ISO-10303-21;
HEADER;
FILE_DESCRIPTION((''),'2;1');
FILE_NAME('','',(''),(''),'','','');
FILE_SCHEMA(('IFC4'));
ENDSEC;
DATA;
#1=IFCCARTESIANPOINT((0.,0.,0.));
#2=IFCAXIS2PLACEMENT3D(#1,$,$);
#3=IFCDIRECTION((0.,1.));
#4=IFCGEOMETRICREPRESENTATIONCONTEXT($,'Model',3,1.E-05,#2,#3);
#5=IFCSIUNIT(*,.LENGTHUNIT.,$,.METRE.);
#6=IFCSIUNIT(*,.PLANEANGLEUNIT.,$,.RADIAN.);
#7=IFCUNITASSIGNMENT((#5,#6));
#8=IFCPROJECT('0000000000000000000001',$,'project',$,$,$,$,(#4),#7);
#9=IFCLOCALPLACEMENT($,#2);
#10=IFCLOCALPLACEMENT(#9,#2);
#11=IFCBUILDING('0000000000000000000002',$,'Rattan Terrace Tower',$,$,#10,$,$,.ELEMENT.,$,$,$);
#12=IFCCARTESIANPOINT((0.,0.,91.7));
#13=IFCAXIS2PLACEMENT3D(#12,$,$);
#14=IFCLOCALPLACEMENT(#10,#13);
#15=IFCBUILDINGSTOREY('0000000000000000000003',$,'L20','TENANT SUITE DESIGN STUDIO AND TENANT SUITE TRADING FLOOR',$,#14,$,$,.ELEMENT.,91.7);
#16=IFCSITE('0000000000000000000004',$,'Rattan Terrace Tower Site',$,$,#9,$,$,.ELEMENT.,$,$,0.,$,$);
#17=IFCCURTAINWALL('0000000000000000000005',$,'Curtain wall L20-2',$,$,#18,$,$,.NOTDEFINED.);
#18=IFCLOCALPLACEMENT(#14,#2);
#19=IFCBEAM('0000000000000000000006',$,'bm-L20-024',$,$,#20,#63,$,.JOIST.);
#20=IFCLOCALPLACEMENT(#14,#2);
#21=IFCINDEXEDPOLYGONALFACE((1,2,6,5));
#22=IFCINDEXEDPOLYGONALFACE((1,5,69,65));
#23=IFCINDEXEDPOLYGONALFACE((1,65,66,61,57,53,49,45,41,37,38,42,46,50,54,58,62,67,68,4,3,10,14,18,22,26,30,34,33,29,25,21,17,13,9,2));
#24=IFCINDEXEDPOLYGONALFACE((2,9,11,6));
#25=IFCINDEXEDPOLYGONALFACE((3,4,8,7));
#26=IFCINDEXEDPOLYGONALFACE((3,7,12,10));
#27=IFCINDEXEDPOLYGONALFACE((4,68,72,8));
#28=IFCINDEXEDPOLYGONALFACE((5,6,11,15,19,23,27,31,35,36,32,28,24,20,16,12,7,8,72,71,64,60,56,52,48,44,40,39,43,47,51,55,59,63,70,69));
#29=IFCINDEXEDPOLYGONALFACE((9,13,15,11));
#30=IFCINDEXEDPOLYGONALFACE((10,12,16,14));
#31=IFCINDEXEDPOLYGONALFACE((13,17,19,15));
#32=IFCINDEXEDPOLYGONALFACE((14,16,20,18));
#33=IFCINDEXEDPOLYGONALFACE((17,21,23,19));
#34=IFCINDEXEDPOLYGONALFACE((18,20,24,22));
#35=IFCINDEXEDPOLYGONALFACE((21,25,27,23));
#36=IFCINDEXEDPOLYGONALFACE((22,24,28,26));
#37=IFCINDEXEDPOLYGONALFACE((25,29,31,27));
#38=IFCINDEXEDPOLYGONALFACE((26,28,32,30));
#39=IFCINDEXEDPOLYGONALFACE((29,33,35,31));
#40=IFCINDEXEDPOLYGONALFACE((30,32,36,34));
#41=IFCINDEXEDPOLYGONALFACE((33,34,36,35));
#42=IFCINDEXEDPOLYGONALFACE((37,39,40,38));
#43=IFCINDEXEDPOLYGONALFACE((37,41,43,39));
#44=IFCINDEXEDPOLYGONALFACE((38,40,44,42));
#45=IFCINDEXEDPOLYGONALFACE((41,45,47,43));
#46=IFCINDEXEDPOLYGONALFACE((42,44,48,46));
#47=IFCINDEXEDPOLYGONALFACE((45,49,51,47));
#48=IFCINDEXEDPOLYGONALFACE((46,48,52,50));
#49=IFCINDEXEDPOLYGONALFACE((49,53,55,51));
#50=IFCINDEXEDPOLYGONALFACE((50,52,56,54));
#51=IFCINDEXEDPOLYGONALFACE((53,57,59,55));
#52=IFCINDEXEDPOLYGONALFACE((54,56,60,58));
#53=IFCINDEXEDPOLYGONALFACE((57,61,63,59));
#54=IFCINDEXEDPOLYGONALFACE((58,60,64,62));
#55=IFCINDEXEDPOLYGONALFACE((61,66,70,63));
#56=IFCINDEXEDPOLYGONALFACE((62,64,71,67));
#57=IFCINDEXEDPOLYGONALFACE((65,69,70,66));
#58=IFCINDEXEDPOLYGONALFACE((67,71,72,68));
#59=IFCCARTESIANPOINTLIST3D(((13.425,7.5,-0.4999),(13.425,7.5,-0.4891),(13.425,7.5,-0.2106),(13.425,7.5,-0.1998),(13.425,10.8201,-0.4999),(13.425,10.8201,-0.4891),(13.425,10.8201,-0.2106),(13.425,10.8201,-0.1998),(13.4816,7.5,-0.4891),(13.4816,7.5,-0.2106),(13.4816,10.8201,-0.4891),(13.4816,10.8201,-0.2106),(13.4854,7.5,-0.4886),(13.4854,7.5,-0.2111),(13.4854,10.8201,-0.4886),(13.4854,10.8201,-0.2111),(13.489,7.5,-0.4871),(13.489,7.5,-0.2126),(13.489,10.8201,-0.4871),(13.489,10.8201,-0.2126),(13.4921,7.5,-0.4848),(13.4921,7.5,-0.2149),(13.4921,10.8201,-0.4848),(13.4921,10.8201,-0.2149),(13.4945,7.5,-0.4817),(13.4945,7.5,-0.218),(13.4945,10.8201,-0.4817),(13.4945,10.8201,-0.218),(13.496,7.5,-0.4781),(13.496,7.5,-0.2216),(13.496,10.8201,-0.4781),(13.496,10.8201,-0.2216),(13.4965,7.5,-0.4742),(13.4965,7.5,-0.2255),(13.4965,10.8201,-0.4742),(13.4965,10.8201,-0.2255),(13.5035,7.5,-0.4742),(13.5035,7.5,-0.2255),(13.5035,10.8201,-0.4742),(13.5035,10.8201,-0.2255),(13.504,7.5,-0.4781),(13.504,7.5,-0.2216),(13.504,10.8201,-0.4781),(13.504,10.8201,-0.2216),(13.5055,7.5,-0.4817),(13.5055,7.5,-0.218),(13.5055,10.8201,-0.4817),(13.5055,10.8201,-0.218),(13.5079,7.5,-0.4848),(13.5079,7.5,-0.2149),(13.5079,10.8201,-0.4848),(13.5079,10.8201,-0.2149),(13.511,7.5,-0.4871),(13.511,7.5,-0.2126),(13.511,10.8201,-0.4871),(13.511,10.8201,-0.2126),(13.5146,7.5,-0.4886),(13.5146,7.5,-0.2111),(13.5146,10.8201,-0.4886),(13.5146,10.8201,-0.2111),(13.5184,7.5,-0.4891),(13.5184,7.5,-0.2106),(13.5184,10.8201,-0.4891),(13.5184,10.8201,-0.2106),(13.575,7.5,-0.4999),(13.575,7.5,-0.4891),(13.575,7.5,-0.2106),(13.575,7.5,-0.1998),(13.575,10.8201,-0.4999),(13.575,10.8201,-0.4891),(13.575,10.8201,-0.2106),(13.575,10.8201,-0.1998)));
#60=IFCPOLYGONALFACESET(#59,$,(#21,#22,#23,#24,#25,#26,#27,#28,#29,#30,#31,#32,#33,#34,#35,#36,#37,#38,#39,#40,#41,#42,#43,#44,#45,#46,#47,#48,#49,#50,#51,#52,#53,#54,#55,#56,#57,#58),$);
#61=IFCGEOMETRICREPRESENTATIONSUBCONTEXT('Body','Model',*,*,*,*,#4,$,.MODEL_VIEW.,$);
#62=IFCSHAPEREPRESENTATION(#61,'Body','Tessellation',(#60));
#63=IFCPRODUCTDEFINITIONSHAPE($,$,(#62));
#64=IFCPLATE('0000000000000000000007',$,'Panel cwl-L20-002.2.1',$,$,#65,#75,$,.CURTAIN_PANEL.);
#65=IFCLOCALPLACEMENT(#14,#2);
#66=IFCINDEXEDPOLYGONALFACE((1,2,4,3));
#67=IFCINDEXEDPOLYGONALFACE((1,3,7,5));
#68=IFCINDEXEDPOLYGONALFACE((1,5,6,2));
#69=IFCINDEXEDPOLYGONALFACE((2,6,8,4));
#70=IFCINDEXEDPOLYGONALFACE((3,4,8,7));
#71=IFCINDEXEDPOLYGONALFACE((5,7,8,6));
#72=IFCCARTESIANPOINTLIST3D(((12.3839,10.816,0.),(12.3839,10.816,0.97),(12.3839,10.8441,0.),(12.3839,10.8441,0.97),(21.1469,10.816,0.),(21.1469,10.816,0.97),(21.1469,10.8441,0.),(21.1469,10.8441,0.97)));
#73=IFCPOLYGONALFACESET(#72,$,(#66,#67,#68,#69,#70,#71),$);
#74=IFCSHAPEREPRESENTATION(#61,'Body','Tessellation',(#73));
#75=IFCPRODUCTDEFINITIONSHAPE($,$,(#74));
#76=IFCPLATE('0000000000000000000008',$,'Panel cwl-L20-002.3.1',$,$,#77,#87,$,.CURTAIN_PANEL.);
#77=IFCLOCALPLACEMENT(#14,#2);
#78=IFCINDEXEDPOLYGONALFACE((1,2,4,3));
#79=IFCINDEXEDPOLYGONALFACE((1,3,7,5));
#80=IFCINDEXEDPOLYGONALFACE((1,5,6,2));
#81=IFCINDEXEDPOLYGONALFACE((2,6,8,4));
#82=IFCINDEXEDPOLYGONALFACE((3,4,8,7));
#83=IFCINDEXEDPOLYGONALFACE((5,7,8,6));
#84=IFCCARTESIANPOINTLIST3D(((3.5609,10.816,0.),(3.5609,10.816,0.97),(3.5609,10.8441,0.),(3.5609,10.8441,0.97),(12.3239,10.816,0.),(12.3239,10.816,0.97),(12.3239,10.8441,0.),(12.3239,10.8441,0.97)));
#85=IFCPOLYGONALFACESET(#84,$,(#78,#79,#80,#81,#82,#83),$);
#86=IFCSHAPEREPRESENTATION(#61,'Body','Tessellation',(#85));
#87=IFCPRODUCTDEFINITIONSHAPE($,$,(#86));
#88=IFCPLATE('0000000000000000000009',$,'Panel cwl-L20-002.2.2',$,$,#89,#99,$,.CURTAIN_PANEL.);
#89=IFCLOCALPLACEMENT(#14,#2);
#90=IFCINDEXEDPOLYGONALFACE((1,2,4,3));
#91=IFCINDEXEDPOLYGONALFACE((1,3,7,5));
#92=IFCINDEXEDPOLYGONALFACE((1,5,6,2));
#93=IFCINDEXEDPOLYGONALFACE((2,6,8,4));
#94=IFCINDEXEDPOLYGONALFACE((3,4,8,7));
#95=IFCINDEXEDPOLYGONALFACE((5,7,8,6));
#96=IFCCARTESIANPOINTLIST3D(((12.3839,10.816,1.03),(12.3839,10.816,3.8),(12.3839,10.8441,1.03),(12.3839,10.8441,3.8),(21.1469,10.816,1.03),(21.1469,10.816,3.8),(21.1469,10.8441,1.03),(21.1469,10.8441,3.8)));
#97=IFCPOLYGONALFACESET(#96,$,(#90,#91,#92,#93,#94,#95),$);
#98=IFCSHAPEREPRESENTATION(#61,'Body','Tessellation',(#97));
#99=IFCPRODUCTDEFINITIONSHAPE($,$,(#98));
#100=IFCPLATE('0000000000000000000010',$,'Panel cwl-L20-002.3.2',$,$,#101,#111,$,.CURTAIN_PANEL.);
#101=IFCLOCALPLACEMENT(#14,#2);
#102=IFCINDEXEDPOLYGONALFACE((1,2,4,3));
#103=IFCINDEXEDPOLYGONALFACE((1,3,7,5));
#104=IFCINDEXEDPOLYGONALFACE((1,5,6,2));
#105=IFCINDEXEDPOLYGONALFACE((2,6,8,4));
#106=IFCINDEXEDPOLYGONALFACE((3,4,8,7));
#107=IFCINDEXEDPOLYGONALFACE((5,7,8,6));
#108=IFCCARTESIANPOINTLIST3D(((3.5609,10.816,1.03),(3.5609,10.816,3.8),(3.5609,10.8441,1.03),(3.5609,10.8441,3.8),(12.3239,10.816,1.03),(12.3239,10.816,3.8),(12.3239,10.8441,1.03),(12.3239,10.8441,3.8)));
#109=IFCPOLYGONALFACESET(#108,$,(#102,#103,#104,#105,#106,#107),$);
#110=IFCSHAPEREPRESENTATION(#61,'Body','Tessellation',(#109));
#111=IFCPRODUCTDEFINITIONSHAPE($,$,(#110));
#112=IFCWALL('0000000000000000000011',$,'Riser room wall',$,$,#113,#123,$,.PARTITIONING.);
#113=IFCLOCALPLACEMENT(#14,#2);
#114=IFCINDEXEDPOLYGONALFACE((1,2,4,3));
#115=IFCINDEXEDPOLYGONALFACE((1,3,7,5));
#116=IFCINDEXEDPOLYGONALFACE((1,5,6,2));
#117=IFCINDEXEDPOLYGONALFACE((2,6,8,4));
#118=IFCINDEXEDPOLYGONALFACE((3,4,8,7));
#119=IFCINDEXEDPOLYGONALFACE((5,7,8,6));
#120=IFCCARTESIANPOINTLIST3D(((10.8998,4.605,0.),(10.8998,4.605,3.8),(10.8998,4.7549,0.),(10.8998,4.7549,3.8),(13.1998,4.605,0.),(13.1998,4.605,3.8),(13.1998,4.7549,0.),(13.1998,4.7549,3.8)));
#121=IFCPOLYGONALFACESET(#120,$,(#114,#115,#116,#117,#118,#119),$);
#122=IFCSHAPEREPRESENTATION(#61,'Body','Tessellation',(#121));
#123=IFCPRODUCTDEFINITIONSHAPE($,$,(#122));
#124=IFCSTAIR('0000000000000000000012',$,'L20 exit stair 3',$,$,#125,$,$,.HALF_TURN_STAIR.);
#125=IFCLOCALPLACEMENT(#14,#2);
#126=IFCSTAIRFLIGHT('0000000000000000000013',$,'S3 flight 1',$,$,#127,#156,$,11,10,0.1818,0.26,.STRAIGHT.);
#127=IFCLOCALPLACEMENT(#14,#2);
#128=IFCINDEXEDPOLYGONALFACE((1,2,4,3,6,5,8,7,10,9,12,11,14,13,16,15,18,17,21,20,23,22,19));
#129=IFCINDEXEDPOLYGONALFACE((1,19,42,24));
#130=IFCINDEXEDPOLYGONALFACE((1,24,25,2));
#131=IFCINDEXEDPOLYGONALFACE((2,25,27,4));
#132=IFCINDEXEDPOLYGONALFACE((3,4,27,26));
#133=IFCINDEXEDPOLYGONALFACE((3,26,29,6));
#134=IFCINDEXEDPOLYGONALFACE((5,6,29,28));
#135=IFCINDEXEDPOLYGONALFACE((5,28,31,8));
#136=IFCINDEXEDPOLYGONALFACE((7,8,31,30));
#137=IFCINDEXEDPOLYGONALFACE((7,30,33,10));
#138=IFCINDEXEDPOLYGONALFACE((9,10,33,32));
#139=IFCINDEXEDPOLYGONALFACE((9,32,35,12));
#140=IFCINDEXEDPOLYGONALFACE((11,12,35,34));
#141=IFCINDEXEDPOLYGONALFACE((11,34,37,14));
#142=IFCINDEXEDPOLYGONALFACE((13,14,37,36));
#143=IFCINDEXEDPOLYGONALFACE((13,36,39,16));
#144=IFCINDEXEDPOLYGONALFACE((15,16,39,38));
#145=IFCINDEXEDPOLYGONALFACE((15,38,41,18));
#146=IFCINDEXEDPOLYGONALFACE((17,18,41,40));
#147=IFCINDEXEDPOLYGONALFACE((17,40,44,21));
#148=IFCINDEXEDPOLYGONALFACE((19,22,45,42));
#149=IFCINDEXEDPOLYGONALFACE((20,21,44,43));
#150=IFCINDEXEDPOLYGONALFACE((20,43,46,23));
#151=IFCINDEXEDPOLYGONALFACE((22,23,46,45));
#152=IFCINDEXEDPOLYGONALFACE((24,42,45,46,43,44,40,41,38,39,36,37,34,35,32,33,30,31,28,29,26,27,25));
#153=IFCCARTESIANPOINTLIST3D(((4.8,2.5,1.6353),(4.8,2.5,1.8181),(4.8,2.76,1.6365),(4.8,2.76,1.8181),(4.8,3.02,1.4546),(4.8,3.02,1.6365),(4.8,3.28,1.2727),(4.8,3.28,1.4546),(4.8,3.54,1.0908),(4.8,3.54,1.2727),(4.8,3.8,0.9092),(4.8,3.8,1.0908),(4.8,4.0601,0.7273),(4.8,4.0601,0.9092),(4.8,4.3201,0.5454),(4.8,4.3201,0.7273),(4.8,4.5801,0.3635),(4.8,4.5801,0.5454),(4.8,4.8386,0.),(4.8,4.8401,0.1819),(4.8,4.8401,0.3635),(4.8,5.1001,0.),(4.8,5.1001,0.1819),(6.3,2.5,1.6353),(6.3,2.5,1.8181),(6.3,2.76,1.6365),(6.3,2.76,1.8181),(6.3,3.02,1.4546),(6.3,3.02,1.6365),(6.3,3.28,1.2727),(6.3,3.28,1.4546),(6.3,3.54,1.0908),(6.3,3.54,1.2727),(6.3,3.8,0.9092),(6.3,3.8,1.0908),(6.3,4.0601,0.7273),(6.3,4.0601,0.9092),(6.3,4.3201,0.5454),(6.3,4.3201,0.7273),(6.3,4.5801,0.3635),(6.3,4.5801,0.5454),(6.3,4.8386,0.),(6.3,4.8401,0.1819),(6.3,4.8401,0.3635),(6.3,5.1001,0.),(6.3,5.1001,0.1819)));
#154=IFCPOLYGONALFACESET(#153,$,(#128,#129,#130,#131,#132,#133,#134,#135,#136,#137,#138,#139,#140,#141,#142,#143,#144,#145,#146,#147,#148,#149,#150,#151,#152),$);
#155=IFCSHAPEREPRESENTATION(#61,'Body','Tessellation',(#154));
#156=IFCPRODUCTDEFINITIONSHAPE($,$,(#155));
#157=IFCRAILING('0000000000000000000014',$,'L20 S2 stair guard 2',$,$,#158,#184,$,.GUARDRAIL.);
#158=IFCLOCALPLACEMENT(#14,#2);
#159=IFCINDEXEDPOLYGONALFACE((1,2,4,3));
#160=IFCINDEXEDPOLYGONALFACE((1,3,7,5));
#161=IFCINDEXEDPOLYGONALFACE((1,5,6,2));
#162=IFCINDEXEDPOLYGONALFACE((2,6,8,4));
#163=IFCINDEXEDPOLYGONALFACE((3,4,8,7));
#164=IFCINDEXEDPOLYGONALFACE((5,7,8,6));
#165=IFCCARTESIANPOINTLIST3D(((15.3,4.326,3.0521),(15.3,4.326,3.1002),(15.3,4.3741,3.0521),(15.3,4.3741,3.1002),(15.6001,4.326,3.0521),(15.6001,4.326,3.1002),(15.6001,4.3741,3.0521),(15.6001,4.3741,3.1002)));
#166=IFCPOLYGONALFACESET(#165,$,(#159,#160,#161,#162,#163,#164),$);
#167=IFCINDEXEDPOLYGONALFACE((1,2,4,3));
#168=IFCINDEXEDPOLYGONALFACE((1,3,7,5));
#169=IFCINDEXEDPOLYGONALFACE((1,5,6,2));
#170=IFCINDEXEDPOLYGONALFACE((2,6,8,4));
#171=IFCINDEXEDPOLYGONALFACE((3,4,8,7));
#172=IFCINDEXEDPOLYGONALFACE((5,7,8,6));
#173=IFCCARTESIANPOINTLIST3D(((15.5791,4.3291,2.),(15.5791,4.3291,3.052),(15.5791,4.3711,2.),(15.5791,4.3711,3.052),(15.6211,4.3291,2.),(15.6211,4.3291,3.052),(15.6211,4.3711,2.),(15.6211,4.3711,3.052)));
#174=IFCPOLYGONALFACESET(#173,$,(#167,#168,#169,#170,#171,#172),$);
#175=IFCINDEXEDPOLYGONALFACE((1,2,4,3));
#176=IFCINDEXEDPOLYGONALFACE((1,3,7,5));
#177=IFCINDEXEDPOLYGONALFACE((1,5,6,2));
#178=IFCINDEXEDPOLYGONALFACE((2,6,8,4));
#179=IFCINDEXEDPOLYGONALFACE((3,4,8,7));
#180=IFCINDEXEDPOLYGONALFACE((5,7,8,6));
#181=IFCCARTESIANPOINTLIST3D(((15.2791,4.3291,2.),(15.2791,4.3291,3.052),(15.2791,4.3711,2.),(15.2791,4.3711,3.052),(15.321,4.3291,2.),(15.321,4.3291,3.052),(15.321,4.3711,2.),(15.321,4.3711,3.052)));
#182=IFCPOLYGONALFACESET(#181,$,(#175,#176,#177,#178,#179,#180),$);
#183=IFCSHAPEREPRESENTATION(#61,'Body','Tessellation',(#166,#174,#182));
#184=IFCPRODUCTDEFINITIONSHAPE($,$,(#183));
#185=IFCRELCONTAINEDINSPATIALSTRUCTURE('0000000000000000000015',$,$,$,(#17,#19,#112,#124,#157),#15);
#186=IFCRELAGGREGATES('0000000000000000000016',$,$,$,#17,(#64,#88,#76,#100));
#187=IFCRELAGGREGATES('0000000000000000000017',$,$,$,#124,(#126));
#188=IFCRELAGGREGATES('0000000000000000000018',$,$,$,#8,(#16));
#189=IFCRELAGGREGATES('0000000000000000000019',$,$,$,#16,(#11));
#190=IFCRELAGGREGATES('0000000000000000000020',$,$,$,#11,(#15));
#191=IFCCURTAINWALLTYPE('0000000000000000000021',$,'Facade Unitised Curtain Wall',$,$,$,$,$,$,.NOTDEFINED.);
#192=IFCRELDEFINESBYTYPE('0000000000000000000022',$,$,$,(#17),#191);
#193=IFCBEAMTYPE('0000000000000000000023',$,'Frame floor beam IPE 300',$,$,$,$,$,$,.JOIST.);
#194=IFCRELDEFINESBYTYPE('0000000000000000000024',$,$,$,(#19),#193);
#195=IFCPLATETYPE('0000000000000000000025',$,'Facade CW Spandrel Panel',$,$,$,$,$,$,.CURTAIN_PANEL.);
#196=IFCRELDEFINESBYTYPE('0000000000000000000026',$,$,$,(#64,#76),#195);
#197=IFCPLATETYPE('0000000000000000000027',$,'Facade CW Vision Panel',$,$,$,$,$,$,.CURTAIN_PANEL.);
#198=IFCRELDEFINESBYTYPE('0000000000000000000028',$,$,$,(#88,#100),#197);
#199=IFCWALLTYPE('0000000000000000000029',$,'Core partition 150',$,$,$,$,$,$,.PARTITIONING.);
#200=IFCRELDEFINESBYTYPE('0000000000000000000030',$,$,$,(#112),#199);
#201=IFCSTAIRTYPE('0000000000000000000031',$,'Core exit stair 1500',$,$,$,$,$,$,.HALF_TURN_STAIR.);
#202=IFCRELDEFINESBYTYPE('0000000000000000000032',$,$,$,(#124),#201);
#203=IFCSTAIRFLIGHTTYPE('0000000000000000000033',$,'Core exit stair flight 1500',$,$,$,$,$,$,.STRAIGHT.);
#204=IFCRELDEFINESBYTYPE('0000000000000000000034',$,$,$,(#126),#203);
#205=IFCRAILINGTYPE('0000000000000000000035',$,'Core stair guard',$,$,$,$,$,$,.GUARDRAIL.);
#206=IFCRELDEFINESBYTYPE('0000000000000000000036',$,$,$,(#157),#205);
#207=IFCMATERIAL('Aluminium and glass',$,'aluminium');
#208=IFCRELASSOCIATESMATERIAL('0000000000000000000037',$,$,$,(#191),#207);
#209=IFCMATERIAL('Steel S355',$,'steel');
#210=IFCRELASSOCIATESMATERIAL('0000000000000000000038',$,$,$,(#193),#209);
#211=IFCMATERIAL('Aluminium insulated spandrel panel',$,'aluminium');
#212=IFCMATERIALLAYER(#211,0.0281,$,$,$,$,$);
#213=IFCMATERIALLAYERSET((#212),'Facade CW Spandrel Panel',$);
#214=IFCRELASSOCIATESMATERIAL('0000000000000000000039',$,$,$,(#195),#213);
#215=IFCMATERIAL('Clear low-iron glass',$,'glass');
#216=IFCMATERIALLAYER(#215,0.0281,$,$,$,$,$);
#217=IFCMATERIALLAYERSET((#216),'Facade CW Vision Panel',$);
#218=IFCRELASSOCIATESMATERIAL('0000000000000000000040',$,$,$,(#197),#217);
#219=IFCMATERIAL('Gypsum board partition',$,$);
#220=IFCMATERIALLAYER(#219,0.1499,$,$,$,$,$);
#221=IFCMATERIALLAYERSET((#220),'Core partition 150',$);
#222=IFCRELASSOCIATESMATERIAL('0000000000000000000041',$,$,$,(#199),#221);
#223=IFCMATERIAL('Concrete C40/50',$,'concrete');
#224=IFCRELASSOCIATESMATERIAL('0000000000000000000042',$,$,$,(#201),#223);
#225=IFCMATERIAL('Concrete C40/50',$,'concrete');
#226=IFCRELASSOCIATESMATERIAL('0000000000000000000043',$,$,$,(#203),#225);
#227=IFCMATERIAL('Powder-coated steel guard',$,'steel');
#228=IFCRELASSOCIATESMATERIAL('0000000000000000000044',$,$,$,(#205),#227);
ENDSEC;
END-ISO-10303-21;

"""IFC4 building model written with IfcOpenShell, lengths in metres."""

from ifc_helpers import new_model, si_unit, direction, frame, frame_2d, origin, origin_2d, place, context, subcontext, project, spatial, polyline, rectangle, i_section, outline, extrude, material, layer, layer_set, material_profile, profile_set, type_object, element, aggregate, save


model = new_model("IFC4")

# Units and contexts
model_context = context("Model", 3, precision=1e-05, world=origin(), true_north=direction((0.0, 1.0)))
body_context = subcontext(model_context, "Body", "Model", "MODEL_VIEW")
ifc_project = project(units=[si_unit("LENGTHUNIT", "METRE"), si_unit("PLANEANGLEUNIT", "RADIAN")], contexts=[model_context])

# Site, building, storey
site_placement = place(None, origin())
site = spatial("IfcSite", under=ifc_project, at=site_placement, Name="Rattan Terrace Tower Site", CompositionType="ELEMENT", RefElevation=0.0)
building_placement = place(site_placement, origin())
building = spatial("IfcBuilding", under=site, at=building_placement, Name="Rattan Terrace Tower", CompositionType="ELEMENT")
storey_placement = place(building_placement, frame((0.0, 0.0, 91.7)))
storey = spatial("IfcBuildingStorey", under=building, at=storey_placement, Name="L20", Description="TENANT SUITE DESIGN STUDIO AND TENANT SUITE TRADING FLOOR", CompositionType="ELEMENT", Elevation=91.7)

# Curtain wall
ifc_material_1 = material(Name="Aluminium and glass", Category="aluminium")
curtain_wall_type = type_object("IfcCurtainWallType", Name="Facade Unitised Curtain Wall", PredefinedType="NOTDEFINED", material=ifc_material_1)
curtain_wall_placement = place(storey_placement, origin())
curtain_wall = element("IfcCurtainWall", 1, at=curtain_wall_placement, inside=storey, type_object=curtain_wall_type, Name="Curtain wall L20-2", PredefinedType="NOTDEFINED")

# Beam
ifc_material_2 = material(Name="Steel S355", Category="steel")
ifc_material_profile_1 = material_profile(ifc_material_2, i_section(OverallWidth=0.1499, OverallDepth=0.3, WebThickness=0.0071, FlangeThickness=0.0107, FilletRadius=0.0149, at=origin_2d()), Name="IPE 300")
ifc_profile_set_1 = profile_set([ifc_material_profile_1], Name="Steel S355")
beam_type_1 = type_object("IfcBeamType", Name="Frame floor beam IPE 300", PredefinedType="JOIST", material=ifc_profile_set_1)
for number, where, z_axis, x_axis, name in (
    (2, (13.5, 7.5, -0.3499), (0.0, 1.0, 0.0), (-1.0, 0.0, 0.0), "bm-L20-024"),
):
    element("IfcBeam", number, at=place(storey_placement, frame(where, z_axis=z_axis, x_axis=x_axis)), inside=storey, type_object=beam_type_1, Name=name, PredefinedType="JOIST", context=body_context, shape_type="SweptSolid", body=[
        extrude(i_section(OverallWidth=0.1499, OverallDepth=0.3, WebThickness=0.0071, FlangeThickness=0.0107, FilletRadius=0.0149, at=origin_2d()), origin(), (0.0, 0.0, 1.0), 3.3201),
    ])

# Plates
ifc_material_3 = material(Name="Aluminium insulated spandrel panel", Category="aluminium")
ifc_layer_1 = layer(ifc_material_3, 0.0281)
ifc_layer_set_1 = layer_set([ifc_layer_1], Name="Facade CW Spandrel Panel")
plate_type_1 = type_object("IfcPlateType", Name="Facade CW Spandrel Panel", PredefinedType="CURTAIN_PANEL", material=ifc_layer_set_1)
plate_1_placement = place(storey_placement, frame((16.7654, 10.8301, 0.0), z_axis=(0.0, 0.0, 1.0), x_axis=(-1.0, 0.0, 0.0)))
plate_1 = element("IfcPlate", 3, at=plate_1_placement, type_object=plate_type_1, Name="Panel cwl-L20-002.2.1", PredefinedType="CURTAIN_PANEL", context=body_context, shape_type="SweptSolid", body=[
    extrude(rectangle(XDim=8.7629, YDim=0.0281, at=origin_2d()), origin(), (0.0, 0.0, 1.0), 0.97),
])
plate_2_placement = place(storey_placement, frame((7.9424, 10.8301, 0.0), z_axis=(0.0, 0.0, 1.0), x_axis=(-1.0, 0.0, 0.0)))
plate_2 = element("IfcPlate", 4, at=plate_2_placement, type_object=plate_type_1, Name="Panel cwl-L20-002.3.1", PredefinedType="CURTAIN_PANEL", context=body_context, shape_type="SweptSolid", body=[
    extrude(rectangle(XDim=8.7629, YDim=0.0281, at=origin_2d()), origin(), (0.0, 0.0, 1.0), 0.97),
])
ifc_material_4 = material(Name="Clear low-iron glass", Category="glass")
ifc_layer_2 = layer(ifc_material_4, 0.0281)
ifc_layer_set_2 = layer_set([ifc_layer_2], Name="Facade CW Vision Panel")
plate_type_2 = type_object("IfcPlateType", Name="Facade CW Vision Panel", PredefinedType="CURTAIN_PANEL", material=ifc_layer_set_2)
plate_3_placement = place(storey_placement, frame((16.7654, 10.8301, 1.03), z_axis=(0.0, 0.0, 1.0), x_axis=(-1.0, 0.0, 0.0)))
plate_3 = element("IfcPlate", 5, at=plate_3_placement, type_object=plate_type_2, Name="Panel cwl-L20-002.2.2", PredefinedType="CURTAIN_PANEL", context=body_context, shape_type="SweptSolid", body=[
    extrude(rectangle(XDim=8.7629, YDim=0.0281, at=origin_2d()), origin(), (0.0, 0.0, 1.0), 2.77),
])
plate_4_placement = place(storey_placement, frame((7.9424, 10.8301, 1.03), z_axis=(0.0, 0.0, 1.0), x_axis=(-1.0, 0.0, 0.0)))
plate_4 = element("IfcPlate", 6, at=plate_4_placement, type_object=plate_type_2, Name="Panel cwl-L20-002.3.2", PredefinedType="CURTAIN_PANEL", context=body_context, shape_type="SweptSolid", body=[
    extrude(rectangle(XDim=8.7629, YDim=0.0281, at=origin_2d()), origin(), (0.0, 0.0, 1.0), 2.77),
])
aggregate(curtain_wall, [plate_1, plate_3, plate_2, plate_4])

# Wall
ifc_material_5 = material(Name="Gypsum board partition")
ifc_layer_3 = layer(ifc_material_5, 0.1499)
ifc_layer_set_3 = layer_set([ifc_layer_3], Name="Core partition 150")
wall_type = type_object("IfcWallType", Name="Core partition 150", PredefinedType="PARTITIONING", material=ifc_layer_set_3)
wall_placement = place(storey_placement, frame((10.8999, 4.6799, 0.0), z_axis=(0.0, 0.0, 1.0), x_axis=(1.0, 0.0, 0.0)))
element("IfcWall", 7, at=wall_placement, inside=storey, type_object=wall_type, Name="Riser room wall", PredefinedType="PARTITIONING", context=body_context, shape_type="SweptSolid", body=[
    extrude(rectangle(XDim=2.3, YDim=0.1499, at=frame_2d((1.1499, 0.0))), origin(), (0.0, 0.0, 1.0), 3.8),
])

# Stair, stair flight
ifc_material_6 = material(Name="Concrete C40/50", Category="concrete")
stair_type = type_object("IfcStairType", Name="Core exit stair 1500", PredefinedType="HALF_TURN_STAIR", material=ifc_material_6)
stair_placement = place(storey_placement, origin())
stair = element("IfcStair", 8, at=stair_placement, inside=storey, type_object=stair_type, Name="L20 exit stair 3", PredefinedType="HALF_TURN_STAIR")
ifc_material_7 = material(Name="Concrete C40/50", Category="concrete")
stair_flight_type = type_object("IfcStairFlightType", Name="Core exit stair flight 1500", PredefinedType="STRAIGHT", material=ifc_material_7)
stair_flight_placement = place(storey_placement, frame((5.55, 5.1001, 0.0), z_axis=(0.0, 0.0, 1.0), x_axis=(0.0, -1.0, 0.0)))
stair_flight = element("IfcStairFlight", 9, at=stair_flight_placement, type_object=stair_flight_type, Name="S3 flight 1", NumberOfRisers=11, NumberOfTreads=10, PredefinedType="STRAIGHT", RiserHeight=0.1818, TreadLength=0.26, context=body_context, shape_type="SweptSolid", body=[
    extrude(outline(polyline([(0.0, 0.0), (0.0, 0.1819), (0.26, 0.1819), (0.26, 0.3635), (0.52, 0.3635), (0.52, 0.5454), (0.78, 0.5454), (0.78, 0.7273), (1.04, 0.7273), (1.04, 0.9092), (1.3, 0.9092), (1.3, 1.0908), (1.5601, 1.0908), (1.5601, 1.2727), (1.8201, 1.2727), (1.8201, 1.4546), (2.0801, 1.4546), (2.0801, 1.6365), (2.3401, 1.6365), (2.3401, 1.8181), (2.6001, 1.8181), (2.6001, 2.0), (2.6001, 1.6353), (0.2615, 0.0), (0.0, 0.0)])), frame((0.0, 0.75, 0.0), z_axis=(0.0, -1.0, 0.0), x_axis=(1.0, 0.0, 0.0)), (0.0, 0.0, 1.0), 1.5),
])
aggregate(stair, [stair_flight])

# Railing
ifc_material_8 = material(Name="Powder-coated steel guard", Category="steel")
railing_type_1 = type_object("IfcRailingType", Name="Core stair guard", PredefinedType="GUARDRAIL", material=ifc_material_8)
railing_1_placement = place(storey_placement, frame((15.6001, 4.3501, 2.0)))
element("IfcRailing", 10, at=railing_1_placement, inside=storey, type_object=railing_type_1, Name="L20 S2 stair guard 2", PredefinedType="GUARDRAIL", context=body_context, shape_type="SweptSolid", body=[
    extrude(rectangle(XDim=0.0481, YDim=0.0481, at=origin_2d()), frame((0.0, 0.0, 1.0762), z_axis=(-1.0, 0.0, 0.0), x_axis=(0.0, -1.0, 0.0)), (0.0, 0.0, 1.0), 0.3),
    extrude(rectangle(XDim=0.042, YDim=0.042, at=origin_2d()), origin(), (0.0, 0.0, 1.0), 1.052),
    extrude(rectangle(XDim=0.042, YDim=0.042, at=origin_2d()), frame((-0.3, 0.0, 0.0)), (0.0, 0.0, 1.0), 1.052),
])

save(model, "model.ifc")
